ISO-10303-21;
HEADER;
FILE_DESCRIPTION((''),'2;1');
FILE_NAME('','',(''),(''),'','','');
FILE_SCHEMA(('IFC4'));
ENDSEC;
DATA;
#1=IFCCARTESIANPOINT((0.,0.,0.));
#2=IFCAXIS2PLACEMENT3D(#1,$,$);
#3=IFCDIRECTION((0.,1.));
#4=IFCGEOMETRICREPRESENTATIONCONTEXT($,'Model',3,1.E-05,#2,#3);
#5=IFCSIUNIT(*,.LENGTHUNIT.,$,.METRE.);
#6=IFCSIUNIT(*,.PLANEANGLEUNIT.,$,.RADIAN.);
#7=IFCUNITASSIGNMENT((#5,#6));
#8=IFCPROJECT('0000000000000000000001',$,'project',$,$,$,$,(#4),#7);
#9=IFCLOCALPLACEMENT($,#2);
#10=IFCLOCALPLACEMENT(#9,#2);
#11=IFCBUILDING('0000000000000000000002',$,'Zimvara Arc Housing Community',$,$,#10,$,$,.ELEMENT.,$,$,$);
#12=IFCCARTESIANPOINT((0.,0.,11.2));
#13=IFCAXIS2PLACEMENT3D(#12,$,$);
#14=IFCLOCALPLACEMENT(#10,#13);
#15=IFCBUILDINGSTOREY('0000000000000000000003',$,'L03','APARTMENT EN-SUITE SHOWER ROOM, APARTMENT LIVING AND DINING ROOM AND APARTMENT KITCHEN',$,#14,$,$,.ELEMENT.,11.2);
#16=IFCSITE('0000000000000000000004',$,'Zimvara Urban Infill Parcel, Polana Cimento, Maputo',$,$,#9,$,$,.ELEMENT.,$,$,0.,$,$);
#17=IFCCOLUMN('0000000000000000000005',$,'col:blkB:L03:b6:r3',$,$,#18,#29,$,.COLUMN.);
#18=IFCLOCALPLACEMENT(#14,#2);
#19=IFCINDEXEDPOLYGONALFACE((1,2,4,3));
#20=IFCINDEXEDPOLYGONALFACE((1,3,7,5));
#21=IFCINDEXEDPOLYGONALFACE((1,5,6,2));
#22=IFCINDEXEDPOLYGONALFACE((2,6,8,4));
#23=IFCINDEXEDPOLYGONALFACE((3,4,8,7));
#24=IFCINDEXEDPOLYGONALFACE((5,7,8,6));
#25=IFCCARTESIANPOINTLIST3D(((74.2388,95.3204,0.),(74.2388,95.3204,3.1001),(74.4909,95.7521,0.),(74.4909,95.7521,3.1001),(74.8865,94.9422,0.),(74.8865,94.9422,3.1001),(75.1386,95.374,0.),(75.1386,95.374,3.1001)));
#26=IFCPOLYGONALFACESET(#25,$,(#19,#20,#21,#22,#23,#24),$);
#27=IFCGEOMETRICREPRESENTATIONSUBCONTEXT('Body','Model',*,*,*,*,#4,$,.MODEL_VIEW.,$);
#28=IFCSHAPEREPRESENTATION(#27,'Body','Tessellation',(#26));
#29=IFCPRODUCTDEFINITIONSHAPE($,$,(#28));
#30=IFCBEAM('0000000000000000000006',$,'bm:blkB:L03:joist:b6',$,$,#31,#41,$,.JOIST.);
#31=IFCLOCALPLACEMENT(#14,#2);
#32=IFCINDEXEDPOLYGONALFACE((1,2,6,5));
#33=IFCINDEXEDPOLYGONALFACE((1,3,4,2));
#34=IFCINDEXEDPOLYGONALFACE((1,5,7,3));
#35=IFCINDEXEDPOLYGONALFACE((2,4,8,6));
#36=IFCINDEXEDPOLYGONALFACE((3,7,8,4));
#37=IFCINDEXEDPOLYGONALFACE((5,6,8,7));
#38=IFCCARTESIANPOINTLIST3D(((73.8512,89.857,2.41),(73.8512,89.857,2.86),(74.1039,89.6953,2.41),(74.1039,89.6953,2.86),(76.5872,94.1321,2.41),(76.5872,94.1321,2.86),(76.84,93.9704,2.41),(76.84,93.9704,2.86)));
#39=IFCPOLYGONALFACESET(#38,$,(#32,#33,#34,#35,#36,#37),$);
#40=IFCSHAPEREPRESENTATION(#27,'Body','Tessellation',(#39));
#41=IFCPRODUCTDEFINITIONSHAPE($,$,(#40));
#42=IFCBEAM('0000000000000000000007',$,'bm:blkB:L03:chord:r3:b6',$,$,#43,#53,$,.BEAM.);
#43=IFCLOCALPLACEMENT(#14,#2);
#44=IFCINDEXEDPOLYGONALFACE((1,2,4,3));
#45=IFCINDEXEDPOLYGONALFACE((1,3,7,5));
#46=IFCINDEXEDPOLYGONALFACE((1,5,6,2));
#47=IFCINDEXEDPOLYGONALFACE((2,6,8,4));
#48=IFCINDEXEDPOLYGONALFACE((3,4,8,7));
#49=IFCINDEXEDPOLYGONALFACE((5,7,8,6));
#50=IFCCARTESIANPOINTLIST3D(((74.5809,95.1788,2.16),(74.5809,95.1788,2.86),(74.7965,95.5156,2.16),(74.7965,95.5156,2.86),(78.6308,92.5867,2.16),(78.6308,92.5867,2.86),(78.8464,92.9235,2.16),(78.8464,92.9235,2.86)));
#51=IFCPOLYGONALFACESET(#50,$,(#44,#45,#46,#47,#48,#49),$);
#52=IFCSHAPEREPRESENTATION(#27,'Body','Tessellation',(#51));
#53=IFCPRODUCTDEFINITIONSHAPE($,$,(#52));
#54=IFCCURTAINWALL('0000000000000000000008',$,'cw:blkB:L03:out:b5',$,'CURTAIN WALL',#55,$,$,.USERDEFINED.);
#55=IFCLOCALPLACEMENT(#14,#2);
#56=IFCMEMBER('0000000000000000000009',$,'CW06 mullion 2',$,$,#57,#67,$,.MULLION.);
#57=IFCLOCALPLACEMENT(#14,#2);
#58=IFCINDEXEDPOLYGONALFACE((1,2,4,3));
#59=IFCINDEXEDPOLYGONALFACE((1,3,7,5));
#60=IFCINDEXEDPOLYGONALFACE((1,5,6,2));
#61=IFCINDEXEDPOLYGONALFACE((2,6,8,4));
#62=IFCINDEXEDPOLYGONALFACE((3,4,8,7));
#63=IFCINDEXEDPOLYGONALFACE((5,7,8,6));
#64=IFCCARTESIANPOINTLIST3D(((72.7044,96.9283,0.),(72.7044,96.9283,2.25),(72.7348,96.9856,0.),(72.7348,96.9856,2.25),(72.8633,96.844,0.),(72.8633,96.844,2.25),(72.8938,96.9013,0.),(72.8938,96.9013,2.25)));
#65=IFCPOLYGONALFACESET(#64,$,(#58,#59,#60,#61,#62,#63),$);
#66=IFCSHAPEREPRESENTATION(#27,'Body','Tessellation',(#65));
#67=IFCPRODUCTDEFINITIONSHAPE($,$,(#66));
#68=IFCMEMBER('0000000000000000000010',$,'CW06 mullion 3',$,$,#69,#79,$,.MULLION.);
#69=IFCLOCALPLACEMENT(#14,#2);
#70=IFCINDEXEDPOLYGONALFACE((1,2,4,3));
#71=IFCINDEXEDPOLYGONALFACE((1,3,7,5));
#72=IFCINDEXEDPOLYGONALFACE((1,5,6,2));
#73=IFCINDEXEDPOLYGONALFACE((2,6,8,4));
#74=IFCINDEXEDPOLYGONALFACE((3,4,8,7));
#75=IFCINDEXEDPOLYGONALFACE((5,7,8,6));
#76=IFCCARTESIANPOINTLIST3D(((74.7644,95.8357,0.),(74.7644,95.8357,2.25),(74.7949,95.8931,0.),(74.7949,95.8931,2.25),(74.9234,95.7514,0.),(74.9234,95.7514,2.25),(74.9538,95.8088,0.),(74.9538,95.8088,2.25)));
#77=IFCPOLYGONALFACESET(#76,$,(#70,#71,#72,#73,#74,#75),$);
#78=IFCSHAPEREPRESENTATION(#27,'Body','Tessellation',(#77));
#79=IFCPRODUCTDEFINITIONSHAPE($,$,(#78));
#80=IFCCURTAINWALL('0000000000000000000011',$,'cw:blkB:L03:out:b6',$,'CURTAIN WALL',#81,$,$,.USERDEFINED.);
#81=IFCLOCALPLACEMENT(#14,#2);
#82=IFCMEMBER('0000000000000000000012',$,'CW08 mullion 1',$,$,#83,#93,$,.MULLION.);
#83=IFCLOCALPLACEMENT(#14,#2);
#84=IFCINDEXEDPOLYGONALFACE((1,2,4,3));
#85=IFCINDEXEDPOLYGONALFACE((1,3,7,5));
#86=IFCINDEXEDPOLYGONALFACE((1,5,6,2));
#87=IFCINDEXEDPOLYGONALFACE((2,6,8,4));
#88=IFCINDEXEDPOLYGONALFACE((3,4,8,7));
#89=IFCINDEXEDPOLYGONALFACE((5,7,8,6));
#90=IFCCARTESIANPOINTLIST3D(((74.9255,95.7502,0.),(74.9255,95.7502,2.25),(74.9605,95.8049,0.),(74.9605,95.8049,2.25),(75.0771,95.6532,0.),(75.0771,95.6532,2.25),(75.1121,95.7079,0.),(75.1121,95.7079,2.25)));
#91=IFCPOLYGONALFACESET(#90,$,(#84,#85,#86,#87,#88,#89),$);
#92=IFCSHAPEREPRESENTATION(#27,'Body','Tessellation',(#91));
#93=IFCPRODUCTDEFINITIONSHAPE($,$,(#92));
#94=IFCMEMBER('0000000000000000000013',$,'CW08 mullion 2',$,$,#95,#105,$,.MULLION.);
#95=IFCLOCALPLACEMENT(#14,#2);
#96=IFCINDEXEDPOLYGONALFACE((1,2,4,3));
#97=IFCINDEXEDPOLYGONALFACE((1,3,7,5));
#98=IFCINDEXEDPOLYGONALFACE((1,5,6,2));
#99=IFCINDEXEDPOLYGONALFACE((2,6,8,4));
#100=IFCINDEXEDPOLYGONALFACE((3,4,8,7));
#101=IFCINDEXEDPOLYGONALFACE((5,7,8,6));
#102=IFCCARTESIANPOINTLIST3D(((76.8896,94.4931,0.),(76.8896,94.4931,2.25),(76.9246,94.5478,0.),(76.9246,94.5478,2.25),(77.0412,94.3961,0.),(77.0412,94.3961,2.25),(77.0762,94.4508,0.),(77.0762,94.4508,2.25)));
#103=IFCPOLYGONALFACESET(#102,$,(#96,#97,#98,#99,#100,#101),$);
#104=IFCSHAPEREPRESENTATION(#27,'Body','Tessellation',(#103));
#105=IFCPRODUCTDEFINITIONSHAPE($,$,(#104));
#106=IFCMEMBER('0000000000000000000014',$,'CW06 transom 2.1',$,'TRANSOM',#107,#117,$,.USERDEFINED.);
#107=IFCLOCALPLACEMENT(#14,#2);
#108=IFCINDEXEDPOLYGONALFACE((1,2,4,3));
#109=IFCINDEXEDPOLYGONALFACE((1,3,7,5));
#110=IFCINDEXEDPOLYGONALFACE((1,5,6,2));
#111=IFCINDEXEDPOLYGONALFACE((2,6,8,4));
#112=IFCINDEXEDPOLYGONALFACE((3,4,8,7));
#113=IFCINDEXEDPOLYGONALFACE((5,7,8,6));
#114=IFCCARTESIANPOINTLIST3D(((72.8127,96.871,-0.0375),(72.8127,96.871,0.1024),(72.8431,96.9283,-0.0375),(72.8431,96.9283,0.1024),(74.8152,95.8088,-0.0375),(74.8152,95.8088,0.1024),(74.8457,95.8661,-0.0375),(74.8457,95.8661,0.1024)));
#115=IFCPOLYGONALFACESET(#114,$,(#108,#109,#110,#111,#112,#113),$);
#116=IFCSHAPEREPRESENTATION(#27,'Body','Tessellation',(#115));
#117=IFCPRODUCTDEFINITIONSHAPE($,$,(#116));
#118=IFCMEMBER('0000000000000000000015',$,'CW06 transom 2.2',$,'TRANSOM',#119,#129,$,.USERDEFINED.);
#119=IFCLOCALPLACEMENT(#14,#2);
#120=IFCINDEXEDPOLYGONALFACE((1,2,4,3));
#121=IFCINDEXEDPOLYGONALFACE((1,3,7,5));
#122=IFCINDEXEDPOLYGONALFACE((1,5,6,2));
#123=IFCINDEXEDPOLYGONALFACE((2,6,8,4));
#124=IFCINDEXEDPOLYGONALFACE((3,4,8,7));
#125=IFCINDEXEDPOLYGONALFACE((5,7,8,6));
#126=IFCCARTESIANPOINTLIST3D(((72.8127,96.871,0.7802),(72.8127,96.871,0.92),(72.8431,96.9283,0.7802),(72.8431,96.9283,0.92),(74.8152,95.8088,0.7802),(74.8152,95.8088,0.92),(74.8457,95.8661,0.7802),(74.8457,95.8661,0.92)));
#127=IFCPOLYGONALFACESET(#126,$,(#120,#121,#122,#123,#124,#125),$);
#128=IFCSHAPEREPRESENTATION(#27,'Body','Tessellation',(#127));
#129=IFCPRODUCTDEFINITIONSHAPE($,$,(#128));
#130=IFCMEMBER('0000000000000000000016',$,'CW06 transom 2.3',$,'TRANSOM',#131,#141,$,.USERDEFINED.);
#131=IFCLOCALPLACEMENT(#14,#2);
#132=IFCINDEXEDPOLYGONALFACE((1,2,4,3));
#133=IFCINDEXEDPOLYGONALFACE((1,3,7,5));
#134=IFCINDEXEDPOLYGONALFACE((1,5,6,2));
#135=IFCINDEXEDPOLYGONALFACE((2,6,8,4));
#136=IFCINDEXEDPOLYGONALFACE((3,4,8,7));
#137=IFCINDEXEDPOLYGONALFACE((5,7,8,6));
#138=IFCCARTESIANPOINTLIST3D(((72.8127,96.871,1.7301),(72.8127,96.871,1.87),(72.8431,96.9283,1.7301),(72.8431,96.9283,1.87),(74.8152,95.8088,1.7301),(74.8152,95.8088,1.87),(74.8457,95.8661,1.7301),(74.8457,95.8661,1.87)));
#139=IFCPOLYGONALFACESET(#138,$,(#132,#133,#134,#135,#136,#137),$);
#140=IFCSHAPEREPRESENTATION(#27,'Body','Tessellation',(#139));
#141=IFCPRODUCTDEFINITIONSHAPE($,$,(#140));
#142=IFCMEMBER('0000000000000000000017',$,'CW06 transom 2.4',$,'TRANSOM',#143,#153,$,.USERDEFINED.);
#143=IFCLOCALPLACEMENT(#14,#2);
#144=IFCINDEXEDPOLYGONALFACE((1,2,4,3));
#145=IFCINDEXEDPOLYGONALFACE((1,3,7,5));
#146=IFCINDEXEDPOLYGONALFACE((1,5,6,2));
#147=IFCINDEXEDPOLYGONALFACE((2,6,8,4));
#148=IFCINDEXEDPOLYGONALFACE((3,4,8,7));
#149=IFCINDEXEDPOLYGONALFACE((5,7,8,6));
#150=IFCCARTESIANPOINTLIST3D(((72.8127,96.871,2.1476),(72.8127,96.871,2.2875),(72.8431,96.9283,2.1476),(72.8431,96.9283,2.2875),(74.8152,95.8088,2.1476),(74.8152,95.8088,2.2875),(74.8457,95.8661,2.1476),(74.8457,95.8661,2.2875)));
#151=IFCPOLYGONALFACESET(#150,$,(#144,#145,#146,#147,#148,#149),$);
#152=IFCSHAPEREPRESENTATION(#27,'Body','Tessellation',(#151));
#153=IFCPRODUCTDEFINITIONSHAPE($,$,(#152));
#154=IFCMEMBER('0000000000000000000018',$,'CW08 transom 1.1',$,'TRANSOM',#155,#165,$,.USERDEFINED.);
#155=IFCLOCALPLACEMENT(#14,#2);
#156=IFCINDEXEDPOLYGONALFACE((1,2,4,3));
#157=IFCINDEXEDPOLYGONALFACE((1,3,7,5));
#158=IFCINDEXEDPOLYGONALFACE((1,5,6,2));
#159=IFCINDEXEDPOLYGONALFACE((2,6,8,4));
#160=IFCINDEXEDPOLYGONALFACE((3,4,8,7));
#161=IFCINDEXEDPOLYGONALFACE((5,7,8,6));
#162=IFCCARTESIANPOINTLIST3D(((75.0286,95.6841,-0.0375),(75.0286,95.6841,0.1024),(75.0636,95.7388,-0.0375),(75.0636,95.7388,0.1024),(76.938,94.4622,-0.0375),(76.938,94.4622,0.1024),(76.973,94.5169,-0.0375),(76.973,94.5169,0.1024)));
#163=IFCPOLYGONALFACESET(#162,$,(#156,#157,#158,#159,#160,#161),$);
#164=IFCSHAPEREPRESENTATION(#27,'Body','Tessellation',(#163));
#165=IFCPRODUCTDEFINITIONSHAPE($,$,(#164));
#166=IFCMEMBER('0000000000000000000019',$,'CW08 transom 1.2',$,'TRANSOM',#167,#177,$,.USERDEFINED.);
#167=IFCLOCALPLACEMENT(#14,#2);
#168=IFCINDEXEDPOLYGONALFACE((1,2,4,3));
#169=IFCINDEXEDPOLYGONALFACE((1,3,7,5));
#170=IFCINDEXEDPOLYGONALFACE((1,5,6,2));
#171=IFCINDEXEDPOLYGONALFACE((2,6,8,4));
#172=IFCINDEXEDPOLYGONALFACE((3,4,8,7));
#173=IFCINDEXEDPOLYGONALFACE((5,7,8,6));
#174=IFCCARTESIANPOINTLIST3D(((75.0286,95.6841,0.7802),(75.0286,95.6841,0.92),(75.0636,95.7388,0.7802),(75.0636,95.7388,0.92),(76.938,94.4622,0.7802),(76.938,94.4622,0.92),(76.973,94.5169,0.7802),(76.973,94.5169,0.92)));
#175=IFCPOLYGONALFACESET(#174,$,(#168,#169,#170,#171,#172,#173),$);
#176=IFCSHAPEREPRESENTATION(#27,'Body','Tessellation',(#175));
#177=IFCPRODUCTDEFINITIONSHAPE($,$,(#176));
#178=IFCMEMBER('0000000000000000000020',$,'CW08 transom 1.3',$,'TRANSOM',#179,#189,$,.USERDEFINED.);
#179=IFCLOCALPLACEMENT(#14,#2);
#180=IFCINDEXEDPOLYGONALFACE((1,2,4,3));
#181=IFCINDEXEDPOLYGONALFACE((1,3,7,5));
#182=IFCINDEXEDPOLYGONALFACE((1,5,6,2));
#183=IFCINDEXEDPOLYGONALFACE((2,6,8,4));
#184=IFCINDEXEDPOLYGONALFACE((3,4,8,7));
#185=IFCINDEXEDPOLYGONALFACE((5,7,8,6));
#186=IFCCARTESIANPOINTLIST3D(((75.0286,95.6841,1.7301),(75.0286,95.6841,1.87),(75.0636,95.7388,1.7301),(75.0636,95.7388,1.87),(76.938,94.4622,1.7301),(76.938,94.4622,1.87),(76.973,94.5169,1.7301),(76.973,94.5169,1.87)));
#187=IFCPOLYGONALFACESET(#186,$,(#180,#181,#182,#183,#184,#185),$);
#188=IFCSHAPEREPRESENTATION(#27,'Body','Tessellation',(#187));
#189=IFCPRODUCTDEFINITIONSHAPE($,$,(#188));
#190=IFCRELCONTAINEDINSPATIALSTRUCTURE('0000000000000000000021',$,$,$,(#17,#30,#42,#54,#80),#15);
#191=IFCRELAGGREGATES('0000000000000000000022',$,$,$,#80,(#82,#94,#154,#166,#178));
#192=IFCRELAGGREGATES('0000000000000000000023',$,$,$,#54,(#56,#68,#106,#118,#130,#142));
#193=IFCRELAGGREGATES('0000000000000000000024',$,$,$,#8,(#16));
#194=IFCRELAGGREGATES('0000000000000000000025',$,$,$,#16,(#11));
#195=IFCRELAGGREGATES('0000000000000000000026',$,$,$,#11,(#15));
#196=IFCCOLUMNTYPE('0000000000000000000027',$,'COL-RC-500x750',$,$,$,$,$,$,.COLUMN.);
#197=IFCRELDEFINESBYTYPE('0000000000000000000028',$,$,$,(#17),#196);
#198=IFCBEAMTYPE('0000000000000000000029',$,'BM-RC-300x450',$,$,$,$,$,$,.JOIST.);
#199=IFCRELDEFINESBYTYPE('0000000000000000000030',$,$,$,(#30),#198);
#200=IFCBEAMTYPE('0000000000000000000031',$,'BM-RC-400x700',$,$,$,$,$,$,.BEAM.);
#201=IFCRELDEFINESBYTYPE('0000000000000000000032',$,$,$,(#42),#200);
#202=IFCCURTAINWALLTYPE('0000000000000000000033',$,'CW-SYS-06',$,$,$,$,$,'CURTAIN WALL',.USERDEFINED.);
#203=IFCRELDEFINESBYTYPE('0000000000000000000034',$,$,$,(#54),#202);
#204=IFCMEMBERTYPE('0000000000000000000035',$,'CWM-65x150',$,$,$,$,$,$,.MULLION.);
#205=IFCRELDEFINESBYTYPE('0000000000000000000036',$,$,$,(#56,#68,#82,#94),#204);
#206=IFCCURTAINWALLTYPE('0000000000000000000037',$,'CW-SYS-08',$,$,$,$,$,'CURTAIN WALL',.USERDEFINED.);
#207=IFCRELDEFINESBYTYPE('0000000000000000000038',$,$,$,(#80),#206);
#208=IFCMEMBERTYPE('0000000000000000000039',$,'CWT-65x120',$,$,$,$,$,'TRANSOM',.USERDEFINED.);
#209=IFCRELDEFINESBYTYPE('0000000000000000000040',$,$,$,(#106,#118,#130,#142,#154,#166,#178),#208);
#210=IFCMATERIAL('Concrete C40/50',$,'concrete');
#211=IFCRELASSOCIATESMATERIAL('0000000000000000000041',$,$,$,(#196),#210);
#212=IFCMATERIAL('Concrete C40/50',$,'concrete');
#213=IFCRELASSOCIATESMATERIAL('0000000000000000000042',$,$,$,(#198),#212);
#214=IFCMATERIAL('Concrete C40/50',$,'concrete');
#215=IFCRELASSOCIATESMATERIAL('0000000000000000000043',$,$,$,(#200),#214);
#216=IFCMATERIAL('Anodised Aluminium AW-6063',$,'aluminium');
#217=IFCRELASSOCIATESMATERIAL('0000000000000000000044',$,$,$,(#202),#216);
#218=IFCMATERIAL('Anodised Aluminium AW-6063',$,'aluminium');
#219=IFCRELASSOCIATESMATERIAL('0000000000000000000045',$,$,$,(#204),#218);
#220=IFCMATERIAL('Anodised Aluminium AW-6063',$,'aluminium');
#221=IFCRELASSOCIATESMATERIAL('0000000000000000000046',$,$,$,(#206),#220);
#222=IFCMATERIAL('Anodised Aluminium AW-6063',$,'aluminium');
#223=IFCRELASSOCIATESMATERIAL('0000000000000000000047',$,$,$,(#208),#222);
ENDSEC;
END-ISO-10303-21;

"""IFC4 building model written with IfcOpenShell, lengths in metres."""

from ifc_helpers import new_model, si_unit, direction, frame, origin, origin_2d, place, context, subcontext, project, spatial, rectangle, extrude, material, material_profile, profile_set, type_object, element, aggregate, save


model = new_model("IFC4")

# Units and contexts
model_context = context("Model", 3, precision=1e-05, world=origin(), true_north=direction((0.0, 1.0)))
body_context = subcontext(model_context, "Body", "Model", "MODEL_VIEW")
ifc_project = project(units=[si_unit("LENGTHUNIT", "METRE"), si_unit("PLANEANGLEUNIT", "RADIAN")], contexts=[model_context])

# Site, building, storey
site_placement = place(None, origin())
site = spatial("IfcSite", under=ifc_project, at=site_placement, Name="Zimvara Urban Infill Parcel, Polana Cimento, Maputo", CompositionType="ELEMENT", RefElevation=0.0)
building_placement = place(site_placement, origin())
building = spatial("IfcBuilding", under=site, at=building_placement, Name="Zimvara Arc Housing Community", CompositionType="ELEMENT")
storey_placement = place(building_placement, frame((0.0, 0.0, 11.2)))
storey = spatial("IfcBuildingStorey", under=building, at=storey_placement, Name="L03", Description="APARTMENT EN-SUITE SHOWER ROOM, APARTMENT LIVING AND DINING ROOM AND APARTMENT KITCHEN", CompositionType="ELEMENT", Elevation=11.2)

# Column
ifc_material_1 = material(Name="Concrete C40/50", Category="concrete")
ifc_material_profile_1 = material_profile(ifc_material_1, rectangle(XDim=0.5, YDim=0.75, at=origin_2d()), Name="RC 500x750")
ifc_profile_set_1 = profile_set([ifc_material_profile_1], Name="Concrete C40/50")
column_type = type_object("IfcColumnType", Name="COL-RC-500x750", PredefinedType="COLUMN", material=ifc_profile_set_1)
column_placement = place(storey_placement, frame((74.6887, 95.3472, 0.0), z_axis=(0.0, 0.0, 1.0), x_axis=(0.504226, 0.863572, 0.0)))
element("IfcColumn", 1, at=column_placement, inside=storey, type_object=column_type, Name="col:blkB:L03:b6:r3", PredefinedType="COLUMN", context=body_context, shape_type="SweptSolid", body=[
    extrude(rectangle(XDim=0.5, YDim=0.75, at=origin_2d()), origin(), (0.0, 0.0, 1.0), 3.1001),
])

# Beams
ifc_material_2 = material(Name="Concrete C40/50", Category="concrete")
ifc_material_profile_2 = material_profile(ifc_material_2, rectangle(XDim=0.3, YDim=0.45, at=origin_2d()), Name="RC 300x450")
ifc_profile_set_2 = profile_set([ifc_material_profile_2], Name="Concrete C40/50")
beam_type_1 = type_object("IfcBeamType", Name="BM-RC-300x450", PredefinedType="JOIST", material=ifc_profile_set_2)
beam_1_placement = place(storey_placement, frame((73.9775, 89.7761, 2.635), z_axis=(0.539052, 0.842272, 0.0), x_axis=(-0.842272, 0.539052, 0.0)))
element("IfcBeam", 2, at=beam_1_placement, inside=storey, type_object=beam_type_1, Name="bm:blkB:L03:joist:b6", PredefinedType="JOIST", context=body_context, shape_type="SweptSolid", body=[
    extrude(rectangle(XDim=0.3, YDim=0.45, at=origin_2d()), origin(), (0.0, 0.0, 1.0), 5.0757),
])
ifc_material_3 = material(Name="Concrete C40/50", Category="concrete")
ifc_material_profile_3 = material_profile(ifc_material_3, rectangle(XDim=0.3999, YDim=0.7, at=origin_2d()), Name="RC 400x700")
ifc_profile_set_3 = profile_set([ifc_material_profile_3], Name="Concrete C40/50")
beam_type_2 = type_object("IfcBeamType", Name="BM-RC-400x700", PredefinedType="BEAM", material=ifc_profile_set_3)
beam_2_placement = place(storey_placement, frame((74.6887, 95.3472, 2.51), z_axis=(0.842256, -0.539078, 0.0), x_axis=(0.539078, 0.842256, 0.0)))
element("IfcBeam", 3, at=beam_2_placement, inside=storey, type_object=beam_type_2, Name="bm:blkB:L03:chord:r3:b6", PredefinedType="BEAM", context=body_context, shape_type="SweptSolid", body=[
    extrude(rectangle(XDim=0.3999, YDim=0.7, at=origin_2d()), origin(), (0.0, 0.0, 1.0), 4.8083),
])

# Curtain walls, members
ifc_material_4 = material(Name="Anodised Aluminium AW-6063", Category="aluminium")
curtain_wall_type_1 = type_object("IfcCurtainWallType", Name="CW-SYS-06", ElementType="CURTAIN WALL", PredefinedType="USERDEFINED", material=ifc_material_4)
curtain_wall_1_placement = place(storey_placement, origin())
curtain_wall_1 = element("IfcCurtainWall", 4, at=curtain_wall_1_placement, inside=storey, type_object=curtain_wall_type_1, Name="cw:blkB:L03:out:b5", ObjectType="CURTAIN WALL", PredefinedType="USERDEFINED")
ifc_material_5 = material(Name="Anodised Aluminium AW-6063", Category="aluminium")
ifc_material_profile_4 = material_profile(ifc_material_5, rectangle(XDim=0.0649, YDim=0.1799, at=origin_2d()), Name="ALU 65x180")
ifc_profile_set_4 = profile_set([ifc_material_profile_4], Name="Anodised Aluminium AW-6063")
member_type_1 = type_object("IfcMemberType", Name="CWM-65x150", PredefinedType="MULLION", material=ifc_profile_set_4)
member_1_placement = place(storey_placement, frame((72.7991, 96.9148, 0.0), z_axis=(0.0, 0.0, 1.0), x_axis=(0.468547, 0.883439, 0.0)))
member_1 = element("IfcMember", 5, at=member_1_placement, type_object=member_type_1, Name="CW06 mullion 2", PredefinedType="MULLION", context=body_context, shape_type="SweptSolid", body=[
    extrude(rectangle(XDim=0.0649, YDim=0.1799, at=origin_2d()), origin(), (0.0, 0.0, 1.0), 2.25),
])
member_2_placement = place(storey_placement, frame((74.8591, 95.8223, 0.0), z_axis=(0.0, 0.0, 1.0), x_axis=(0.468547, 0.883439, 0.0)))
member_2 = element("IfcMember", 6, at=member_2_placement, type_object=member_type_1, Name="CW06 mullion 3", PredefinedType="MULLION", context=body_context, shape_type="SweptSolid", body=[
    extrude(rectangle(XDim=0.0649, YDim=0.1799, at=origin_2d()), origin(), (0.0, 0.0, 1.0), 2.25),
])
ifc_material_6 = material(Name="Anodised Aluminium AW-6063", Category="aluminium")
curtain_wall_type_2 = type_object("IfcCurtainWallType", Name="CW-SYS-08", ElementType="CURTAIN WALL", PredefinedType="USERDEFINED", material=ifc_material_6)
curtain_wall_2_placement = place(storey_placement, origin())
curtain_wall_2 = element("IfcCurtainWall", 7, at=curtain_wall_2_placement, inside=storey, type_object=curtain_wall_type_2, Name="cw:blkB:L03:out:b6", ObjectType="CURTAIN WALL", PredefinedType="USERDEFINED")
member_3_placement = place(storey_placement, frame((75.0188, 95.729, 0.0), z_axis=(0.0, 0.0, 1.0), x_axis=(0.539065, 0.842264, 0.0)))
member_3 = element("IfcMember", 8, at=member_3_placement, type_object=member_type_1, Name="CW08 mullion 1", PredefinedType="MULLION", context=body_context, shape_type="SweptSolid", body=[
    extrude(rectangle(XDim=0.0649, YDim=0.1799, at=origin_2d()), origin(), (0.0, 0.0, 1.0), 2.25),
])
member_4_placement = place(storey_placement, frame((76.9829, 94.4719, 0.0), z_axis=(0.0, 0.0, 1.0), x_axis=(0.539065, 0.842264, 0.0)))
member_4 = element("IfcMember", 9, at=member_4_placement, type_object=member_type_1, Name="CW08 mullion 2", PredefinedType="MULLION", context=body_context, shape_type="SweptSolid", body=[
    extrude(rectangle(XDim=0.0649, YDim=0.1799, at=origin_2d()), origin(), (0.0, 0.0, 1.0), 2.25),
])

# Members
ifc_material_7 = material(Name="Anodised Aluminium AW-6063", Category="aluminium")
ifc_material_profile_5 = material_profile(ifc_material_7, rectangle(XDim=0.0649, YDim=0.1399, at=origin_2d()), Name="ALU 65x140")
ifc_profile_set_5 = profile_set([ifc_material_profile_5], Name="Anodised Aluminium AW-6063")
member_type_2 = type_object("IfcMemberType", Name="CWT-65x120", ElementType="TRANSOM", PredefinedType="USERDEFINED", material=ifc_profile_set_5)
member_5_placement = place(storey_placement, frame((72.8279, 96.8997, 0.0325), z_axis=(0.883421, -0.46858, 0.0), x_axis=(0.46858, 0.883421, 0.0)))
member_5 = element("IfcMember", 10, at=member_5_placement, type_object=member_type_2, Name="CW06 transom 2.1", ObjectType="TRANSOM", PredefinedType="USERDEFINED", context=body_context, shape_type="SweptSolid", body=[
    extrude(rectangle(XDim=0.0649, YDim=0.1399, at=origin_2d()), origin(), (0.0, 0.0, 1.0), 2.2668),
])
member_6_placement = place(storey_placement, frame((72.8279, 96.8997, 0.8501), z_axis=(0.883421, -0.46858, 0.0), x_axis=(0.46858, 0.883421, 0.0)))
member_6 = element("IfcMember", 11, at=member_6_placement, type_object=member_type_2, Name="CW06 transom 2.2", ObjectType="TRANSOM", PredefinedType="USERDEFINED", context=body_context, shape_type="SweptSolid", body=[
    extrude(rectangle(XDim=0.0649, YDim=0.1399, at=origin_2d()), origin(), (0.0, 0.0, 1.0), 2.2668),
])
member_7_placement = place(storey_placement, frame((72.8279, 96.8997, 1.8), z_axis=(0.883421, -0.46858, 0.0), x_axis=(0.46858, 0.883421, 0.0)))
member_7 = element("IfcMember", 12, at=member_7_placement, type_object=member_type_2, Name="CW06 transom 2.3", ObjectType="TRANSOM", PredefinedType="USERDEFINED", context=body_context, shape_type="SweptSolid", body=[
    extrude(rectangle(XDim=0.0649, YDim=0.1399, at=origin_2d()), origin(), (0.0, 0.0, 1.0), 2.2668),
])
member_8_placement = place(storey_placement, frame((72.8279, 96.8997, 2.2175), z_axis=(0.883421, -0.46858, 0.0), x_axis=(0.46858, 0.883421, 0.0)))
member_8 = element("IfcMember", 13, at=member_8_placement, type_object=member_type_2, Name="CW06 transom 2.4", ObjectType="TRANSOM", PredefinedType="USERDEFINED", context=body_context, shape_type="SweptSolid", body=[
    extrude(rectangle(XDim=0.0649, YDim=0.1399, at=origin_2d()), origin(), (0.0, 0.0, 1.0), 2.2668),
])
member_9_placement = place(storey_placement, frame((75.0461, 95.7114, 0.0325), z_axis=(0.842293, -0.53902, 0.0), x_axis=(0.53902, 0.842293, 0.0)))
member_9 = element("IfcMember", 14, at=member_9_placement, type_object=member_type_2, Name="CW08 transom 1.1", ObjectType="TRANSOM", PredefinedType="USERDEFINED", context=body_context, shape_type="SweptSolid", body=[
    extrude(rectangle(XDim=0.0649, YDim=0.1399, at=origin_2d()), origin(), (0.0, 0.0, 1.0), 2.2668),
])
member_10_placement = place(storey_placement, frame((75.0461, 95.7114, 0.8501), z_axis=(0.842293, -0.53902, 0.0), x_axis=(0.53902, 0.842293, 0.0)))
member_10 = element("IfcMember", 15, at=member_10_placement, type_object=member_type_2, Name="CW08 transom 1.2", ObjectType="TRANSOM", PredefinedType="USERDEFINED", context=body_context, shape_type="SweptSolid", body=[
    extrude(rectangle(XDim=0.0649, YDim=0.1399, at=origin_2d()), origin(), (0.0, 0.0, 1.0), 2.2668),
])
member_11_placement = place(storey_placement, frame((75.0461, 95.7114, 1.8), z_axis=(0.842293, -0.53902, 0.0), x_axis=(0.53902, 0.842293, 0.0)))
member_11 = element("IfcMember", 16, at=member_11_placement, type_object=member_type_2, Name="CW08 transom 1.3", ObjectType="TRANSOM", PredefinedType="USERDEFINED", context=body_context, shape_type="SweptSolid", body=[
    extrude(rectangle(XDim=0.0649, YDim=0.1399, at=origin_2d()), origin(), (0.0, 0.0, 1.0), 2.2668),
])

aggregate(curtain_wall_2, [member_3, member_4, member_9, member_10, member_11])
aggregate(curtain_wall_1, [member_1, member_2, member_5, member_6, member_7, member_8])

save(model, "model.ifc")
